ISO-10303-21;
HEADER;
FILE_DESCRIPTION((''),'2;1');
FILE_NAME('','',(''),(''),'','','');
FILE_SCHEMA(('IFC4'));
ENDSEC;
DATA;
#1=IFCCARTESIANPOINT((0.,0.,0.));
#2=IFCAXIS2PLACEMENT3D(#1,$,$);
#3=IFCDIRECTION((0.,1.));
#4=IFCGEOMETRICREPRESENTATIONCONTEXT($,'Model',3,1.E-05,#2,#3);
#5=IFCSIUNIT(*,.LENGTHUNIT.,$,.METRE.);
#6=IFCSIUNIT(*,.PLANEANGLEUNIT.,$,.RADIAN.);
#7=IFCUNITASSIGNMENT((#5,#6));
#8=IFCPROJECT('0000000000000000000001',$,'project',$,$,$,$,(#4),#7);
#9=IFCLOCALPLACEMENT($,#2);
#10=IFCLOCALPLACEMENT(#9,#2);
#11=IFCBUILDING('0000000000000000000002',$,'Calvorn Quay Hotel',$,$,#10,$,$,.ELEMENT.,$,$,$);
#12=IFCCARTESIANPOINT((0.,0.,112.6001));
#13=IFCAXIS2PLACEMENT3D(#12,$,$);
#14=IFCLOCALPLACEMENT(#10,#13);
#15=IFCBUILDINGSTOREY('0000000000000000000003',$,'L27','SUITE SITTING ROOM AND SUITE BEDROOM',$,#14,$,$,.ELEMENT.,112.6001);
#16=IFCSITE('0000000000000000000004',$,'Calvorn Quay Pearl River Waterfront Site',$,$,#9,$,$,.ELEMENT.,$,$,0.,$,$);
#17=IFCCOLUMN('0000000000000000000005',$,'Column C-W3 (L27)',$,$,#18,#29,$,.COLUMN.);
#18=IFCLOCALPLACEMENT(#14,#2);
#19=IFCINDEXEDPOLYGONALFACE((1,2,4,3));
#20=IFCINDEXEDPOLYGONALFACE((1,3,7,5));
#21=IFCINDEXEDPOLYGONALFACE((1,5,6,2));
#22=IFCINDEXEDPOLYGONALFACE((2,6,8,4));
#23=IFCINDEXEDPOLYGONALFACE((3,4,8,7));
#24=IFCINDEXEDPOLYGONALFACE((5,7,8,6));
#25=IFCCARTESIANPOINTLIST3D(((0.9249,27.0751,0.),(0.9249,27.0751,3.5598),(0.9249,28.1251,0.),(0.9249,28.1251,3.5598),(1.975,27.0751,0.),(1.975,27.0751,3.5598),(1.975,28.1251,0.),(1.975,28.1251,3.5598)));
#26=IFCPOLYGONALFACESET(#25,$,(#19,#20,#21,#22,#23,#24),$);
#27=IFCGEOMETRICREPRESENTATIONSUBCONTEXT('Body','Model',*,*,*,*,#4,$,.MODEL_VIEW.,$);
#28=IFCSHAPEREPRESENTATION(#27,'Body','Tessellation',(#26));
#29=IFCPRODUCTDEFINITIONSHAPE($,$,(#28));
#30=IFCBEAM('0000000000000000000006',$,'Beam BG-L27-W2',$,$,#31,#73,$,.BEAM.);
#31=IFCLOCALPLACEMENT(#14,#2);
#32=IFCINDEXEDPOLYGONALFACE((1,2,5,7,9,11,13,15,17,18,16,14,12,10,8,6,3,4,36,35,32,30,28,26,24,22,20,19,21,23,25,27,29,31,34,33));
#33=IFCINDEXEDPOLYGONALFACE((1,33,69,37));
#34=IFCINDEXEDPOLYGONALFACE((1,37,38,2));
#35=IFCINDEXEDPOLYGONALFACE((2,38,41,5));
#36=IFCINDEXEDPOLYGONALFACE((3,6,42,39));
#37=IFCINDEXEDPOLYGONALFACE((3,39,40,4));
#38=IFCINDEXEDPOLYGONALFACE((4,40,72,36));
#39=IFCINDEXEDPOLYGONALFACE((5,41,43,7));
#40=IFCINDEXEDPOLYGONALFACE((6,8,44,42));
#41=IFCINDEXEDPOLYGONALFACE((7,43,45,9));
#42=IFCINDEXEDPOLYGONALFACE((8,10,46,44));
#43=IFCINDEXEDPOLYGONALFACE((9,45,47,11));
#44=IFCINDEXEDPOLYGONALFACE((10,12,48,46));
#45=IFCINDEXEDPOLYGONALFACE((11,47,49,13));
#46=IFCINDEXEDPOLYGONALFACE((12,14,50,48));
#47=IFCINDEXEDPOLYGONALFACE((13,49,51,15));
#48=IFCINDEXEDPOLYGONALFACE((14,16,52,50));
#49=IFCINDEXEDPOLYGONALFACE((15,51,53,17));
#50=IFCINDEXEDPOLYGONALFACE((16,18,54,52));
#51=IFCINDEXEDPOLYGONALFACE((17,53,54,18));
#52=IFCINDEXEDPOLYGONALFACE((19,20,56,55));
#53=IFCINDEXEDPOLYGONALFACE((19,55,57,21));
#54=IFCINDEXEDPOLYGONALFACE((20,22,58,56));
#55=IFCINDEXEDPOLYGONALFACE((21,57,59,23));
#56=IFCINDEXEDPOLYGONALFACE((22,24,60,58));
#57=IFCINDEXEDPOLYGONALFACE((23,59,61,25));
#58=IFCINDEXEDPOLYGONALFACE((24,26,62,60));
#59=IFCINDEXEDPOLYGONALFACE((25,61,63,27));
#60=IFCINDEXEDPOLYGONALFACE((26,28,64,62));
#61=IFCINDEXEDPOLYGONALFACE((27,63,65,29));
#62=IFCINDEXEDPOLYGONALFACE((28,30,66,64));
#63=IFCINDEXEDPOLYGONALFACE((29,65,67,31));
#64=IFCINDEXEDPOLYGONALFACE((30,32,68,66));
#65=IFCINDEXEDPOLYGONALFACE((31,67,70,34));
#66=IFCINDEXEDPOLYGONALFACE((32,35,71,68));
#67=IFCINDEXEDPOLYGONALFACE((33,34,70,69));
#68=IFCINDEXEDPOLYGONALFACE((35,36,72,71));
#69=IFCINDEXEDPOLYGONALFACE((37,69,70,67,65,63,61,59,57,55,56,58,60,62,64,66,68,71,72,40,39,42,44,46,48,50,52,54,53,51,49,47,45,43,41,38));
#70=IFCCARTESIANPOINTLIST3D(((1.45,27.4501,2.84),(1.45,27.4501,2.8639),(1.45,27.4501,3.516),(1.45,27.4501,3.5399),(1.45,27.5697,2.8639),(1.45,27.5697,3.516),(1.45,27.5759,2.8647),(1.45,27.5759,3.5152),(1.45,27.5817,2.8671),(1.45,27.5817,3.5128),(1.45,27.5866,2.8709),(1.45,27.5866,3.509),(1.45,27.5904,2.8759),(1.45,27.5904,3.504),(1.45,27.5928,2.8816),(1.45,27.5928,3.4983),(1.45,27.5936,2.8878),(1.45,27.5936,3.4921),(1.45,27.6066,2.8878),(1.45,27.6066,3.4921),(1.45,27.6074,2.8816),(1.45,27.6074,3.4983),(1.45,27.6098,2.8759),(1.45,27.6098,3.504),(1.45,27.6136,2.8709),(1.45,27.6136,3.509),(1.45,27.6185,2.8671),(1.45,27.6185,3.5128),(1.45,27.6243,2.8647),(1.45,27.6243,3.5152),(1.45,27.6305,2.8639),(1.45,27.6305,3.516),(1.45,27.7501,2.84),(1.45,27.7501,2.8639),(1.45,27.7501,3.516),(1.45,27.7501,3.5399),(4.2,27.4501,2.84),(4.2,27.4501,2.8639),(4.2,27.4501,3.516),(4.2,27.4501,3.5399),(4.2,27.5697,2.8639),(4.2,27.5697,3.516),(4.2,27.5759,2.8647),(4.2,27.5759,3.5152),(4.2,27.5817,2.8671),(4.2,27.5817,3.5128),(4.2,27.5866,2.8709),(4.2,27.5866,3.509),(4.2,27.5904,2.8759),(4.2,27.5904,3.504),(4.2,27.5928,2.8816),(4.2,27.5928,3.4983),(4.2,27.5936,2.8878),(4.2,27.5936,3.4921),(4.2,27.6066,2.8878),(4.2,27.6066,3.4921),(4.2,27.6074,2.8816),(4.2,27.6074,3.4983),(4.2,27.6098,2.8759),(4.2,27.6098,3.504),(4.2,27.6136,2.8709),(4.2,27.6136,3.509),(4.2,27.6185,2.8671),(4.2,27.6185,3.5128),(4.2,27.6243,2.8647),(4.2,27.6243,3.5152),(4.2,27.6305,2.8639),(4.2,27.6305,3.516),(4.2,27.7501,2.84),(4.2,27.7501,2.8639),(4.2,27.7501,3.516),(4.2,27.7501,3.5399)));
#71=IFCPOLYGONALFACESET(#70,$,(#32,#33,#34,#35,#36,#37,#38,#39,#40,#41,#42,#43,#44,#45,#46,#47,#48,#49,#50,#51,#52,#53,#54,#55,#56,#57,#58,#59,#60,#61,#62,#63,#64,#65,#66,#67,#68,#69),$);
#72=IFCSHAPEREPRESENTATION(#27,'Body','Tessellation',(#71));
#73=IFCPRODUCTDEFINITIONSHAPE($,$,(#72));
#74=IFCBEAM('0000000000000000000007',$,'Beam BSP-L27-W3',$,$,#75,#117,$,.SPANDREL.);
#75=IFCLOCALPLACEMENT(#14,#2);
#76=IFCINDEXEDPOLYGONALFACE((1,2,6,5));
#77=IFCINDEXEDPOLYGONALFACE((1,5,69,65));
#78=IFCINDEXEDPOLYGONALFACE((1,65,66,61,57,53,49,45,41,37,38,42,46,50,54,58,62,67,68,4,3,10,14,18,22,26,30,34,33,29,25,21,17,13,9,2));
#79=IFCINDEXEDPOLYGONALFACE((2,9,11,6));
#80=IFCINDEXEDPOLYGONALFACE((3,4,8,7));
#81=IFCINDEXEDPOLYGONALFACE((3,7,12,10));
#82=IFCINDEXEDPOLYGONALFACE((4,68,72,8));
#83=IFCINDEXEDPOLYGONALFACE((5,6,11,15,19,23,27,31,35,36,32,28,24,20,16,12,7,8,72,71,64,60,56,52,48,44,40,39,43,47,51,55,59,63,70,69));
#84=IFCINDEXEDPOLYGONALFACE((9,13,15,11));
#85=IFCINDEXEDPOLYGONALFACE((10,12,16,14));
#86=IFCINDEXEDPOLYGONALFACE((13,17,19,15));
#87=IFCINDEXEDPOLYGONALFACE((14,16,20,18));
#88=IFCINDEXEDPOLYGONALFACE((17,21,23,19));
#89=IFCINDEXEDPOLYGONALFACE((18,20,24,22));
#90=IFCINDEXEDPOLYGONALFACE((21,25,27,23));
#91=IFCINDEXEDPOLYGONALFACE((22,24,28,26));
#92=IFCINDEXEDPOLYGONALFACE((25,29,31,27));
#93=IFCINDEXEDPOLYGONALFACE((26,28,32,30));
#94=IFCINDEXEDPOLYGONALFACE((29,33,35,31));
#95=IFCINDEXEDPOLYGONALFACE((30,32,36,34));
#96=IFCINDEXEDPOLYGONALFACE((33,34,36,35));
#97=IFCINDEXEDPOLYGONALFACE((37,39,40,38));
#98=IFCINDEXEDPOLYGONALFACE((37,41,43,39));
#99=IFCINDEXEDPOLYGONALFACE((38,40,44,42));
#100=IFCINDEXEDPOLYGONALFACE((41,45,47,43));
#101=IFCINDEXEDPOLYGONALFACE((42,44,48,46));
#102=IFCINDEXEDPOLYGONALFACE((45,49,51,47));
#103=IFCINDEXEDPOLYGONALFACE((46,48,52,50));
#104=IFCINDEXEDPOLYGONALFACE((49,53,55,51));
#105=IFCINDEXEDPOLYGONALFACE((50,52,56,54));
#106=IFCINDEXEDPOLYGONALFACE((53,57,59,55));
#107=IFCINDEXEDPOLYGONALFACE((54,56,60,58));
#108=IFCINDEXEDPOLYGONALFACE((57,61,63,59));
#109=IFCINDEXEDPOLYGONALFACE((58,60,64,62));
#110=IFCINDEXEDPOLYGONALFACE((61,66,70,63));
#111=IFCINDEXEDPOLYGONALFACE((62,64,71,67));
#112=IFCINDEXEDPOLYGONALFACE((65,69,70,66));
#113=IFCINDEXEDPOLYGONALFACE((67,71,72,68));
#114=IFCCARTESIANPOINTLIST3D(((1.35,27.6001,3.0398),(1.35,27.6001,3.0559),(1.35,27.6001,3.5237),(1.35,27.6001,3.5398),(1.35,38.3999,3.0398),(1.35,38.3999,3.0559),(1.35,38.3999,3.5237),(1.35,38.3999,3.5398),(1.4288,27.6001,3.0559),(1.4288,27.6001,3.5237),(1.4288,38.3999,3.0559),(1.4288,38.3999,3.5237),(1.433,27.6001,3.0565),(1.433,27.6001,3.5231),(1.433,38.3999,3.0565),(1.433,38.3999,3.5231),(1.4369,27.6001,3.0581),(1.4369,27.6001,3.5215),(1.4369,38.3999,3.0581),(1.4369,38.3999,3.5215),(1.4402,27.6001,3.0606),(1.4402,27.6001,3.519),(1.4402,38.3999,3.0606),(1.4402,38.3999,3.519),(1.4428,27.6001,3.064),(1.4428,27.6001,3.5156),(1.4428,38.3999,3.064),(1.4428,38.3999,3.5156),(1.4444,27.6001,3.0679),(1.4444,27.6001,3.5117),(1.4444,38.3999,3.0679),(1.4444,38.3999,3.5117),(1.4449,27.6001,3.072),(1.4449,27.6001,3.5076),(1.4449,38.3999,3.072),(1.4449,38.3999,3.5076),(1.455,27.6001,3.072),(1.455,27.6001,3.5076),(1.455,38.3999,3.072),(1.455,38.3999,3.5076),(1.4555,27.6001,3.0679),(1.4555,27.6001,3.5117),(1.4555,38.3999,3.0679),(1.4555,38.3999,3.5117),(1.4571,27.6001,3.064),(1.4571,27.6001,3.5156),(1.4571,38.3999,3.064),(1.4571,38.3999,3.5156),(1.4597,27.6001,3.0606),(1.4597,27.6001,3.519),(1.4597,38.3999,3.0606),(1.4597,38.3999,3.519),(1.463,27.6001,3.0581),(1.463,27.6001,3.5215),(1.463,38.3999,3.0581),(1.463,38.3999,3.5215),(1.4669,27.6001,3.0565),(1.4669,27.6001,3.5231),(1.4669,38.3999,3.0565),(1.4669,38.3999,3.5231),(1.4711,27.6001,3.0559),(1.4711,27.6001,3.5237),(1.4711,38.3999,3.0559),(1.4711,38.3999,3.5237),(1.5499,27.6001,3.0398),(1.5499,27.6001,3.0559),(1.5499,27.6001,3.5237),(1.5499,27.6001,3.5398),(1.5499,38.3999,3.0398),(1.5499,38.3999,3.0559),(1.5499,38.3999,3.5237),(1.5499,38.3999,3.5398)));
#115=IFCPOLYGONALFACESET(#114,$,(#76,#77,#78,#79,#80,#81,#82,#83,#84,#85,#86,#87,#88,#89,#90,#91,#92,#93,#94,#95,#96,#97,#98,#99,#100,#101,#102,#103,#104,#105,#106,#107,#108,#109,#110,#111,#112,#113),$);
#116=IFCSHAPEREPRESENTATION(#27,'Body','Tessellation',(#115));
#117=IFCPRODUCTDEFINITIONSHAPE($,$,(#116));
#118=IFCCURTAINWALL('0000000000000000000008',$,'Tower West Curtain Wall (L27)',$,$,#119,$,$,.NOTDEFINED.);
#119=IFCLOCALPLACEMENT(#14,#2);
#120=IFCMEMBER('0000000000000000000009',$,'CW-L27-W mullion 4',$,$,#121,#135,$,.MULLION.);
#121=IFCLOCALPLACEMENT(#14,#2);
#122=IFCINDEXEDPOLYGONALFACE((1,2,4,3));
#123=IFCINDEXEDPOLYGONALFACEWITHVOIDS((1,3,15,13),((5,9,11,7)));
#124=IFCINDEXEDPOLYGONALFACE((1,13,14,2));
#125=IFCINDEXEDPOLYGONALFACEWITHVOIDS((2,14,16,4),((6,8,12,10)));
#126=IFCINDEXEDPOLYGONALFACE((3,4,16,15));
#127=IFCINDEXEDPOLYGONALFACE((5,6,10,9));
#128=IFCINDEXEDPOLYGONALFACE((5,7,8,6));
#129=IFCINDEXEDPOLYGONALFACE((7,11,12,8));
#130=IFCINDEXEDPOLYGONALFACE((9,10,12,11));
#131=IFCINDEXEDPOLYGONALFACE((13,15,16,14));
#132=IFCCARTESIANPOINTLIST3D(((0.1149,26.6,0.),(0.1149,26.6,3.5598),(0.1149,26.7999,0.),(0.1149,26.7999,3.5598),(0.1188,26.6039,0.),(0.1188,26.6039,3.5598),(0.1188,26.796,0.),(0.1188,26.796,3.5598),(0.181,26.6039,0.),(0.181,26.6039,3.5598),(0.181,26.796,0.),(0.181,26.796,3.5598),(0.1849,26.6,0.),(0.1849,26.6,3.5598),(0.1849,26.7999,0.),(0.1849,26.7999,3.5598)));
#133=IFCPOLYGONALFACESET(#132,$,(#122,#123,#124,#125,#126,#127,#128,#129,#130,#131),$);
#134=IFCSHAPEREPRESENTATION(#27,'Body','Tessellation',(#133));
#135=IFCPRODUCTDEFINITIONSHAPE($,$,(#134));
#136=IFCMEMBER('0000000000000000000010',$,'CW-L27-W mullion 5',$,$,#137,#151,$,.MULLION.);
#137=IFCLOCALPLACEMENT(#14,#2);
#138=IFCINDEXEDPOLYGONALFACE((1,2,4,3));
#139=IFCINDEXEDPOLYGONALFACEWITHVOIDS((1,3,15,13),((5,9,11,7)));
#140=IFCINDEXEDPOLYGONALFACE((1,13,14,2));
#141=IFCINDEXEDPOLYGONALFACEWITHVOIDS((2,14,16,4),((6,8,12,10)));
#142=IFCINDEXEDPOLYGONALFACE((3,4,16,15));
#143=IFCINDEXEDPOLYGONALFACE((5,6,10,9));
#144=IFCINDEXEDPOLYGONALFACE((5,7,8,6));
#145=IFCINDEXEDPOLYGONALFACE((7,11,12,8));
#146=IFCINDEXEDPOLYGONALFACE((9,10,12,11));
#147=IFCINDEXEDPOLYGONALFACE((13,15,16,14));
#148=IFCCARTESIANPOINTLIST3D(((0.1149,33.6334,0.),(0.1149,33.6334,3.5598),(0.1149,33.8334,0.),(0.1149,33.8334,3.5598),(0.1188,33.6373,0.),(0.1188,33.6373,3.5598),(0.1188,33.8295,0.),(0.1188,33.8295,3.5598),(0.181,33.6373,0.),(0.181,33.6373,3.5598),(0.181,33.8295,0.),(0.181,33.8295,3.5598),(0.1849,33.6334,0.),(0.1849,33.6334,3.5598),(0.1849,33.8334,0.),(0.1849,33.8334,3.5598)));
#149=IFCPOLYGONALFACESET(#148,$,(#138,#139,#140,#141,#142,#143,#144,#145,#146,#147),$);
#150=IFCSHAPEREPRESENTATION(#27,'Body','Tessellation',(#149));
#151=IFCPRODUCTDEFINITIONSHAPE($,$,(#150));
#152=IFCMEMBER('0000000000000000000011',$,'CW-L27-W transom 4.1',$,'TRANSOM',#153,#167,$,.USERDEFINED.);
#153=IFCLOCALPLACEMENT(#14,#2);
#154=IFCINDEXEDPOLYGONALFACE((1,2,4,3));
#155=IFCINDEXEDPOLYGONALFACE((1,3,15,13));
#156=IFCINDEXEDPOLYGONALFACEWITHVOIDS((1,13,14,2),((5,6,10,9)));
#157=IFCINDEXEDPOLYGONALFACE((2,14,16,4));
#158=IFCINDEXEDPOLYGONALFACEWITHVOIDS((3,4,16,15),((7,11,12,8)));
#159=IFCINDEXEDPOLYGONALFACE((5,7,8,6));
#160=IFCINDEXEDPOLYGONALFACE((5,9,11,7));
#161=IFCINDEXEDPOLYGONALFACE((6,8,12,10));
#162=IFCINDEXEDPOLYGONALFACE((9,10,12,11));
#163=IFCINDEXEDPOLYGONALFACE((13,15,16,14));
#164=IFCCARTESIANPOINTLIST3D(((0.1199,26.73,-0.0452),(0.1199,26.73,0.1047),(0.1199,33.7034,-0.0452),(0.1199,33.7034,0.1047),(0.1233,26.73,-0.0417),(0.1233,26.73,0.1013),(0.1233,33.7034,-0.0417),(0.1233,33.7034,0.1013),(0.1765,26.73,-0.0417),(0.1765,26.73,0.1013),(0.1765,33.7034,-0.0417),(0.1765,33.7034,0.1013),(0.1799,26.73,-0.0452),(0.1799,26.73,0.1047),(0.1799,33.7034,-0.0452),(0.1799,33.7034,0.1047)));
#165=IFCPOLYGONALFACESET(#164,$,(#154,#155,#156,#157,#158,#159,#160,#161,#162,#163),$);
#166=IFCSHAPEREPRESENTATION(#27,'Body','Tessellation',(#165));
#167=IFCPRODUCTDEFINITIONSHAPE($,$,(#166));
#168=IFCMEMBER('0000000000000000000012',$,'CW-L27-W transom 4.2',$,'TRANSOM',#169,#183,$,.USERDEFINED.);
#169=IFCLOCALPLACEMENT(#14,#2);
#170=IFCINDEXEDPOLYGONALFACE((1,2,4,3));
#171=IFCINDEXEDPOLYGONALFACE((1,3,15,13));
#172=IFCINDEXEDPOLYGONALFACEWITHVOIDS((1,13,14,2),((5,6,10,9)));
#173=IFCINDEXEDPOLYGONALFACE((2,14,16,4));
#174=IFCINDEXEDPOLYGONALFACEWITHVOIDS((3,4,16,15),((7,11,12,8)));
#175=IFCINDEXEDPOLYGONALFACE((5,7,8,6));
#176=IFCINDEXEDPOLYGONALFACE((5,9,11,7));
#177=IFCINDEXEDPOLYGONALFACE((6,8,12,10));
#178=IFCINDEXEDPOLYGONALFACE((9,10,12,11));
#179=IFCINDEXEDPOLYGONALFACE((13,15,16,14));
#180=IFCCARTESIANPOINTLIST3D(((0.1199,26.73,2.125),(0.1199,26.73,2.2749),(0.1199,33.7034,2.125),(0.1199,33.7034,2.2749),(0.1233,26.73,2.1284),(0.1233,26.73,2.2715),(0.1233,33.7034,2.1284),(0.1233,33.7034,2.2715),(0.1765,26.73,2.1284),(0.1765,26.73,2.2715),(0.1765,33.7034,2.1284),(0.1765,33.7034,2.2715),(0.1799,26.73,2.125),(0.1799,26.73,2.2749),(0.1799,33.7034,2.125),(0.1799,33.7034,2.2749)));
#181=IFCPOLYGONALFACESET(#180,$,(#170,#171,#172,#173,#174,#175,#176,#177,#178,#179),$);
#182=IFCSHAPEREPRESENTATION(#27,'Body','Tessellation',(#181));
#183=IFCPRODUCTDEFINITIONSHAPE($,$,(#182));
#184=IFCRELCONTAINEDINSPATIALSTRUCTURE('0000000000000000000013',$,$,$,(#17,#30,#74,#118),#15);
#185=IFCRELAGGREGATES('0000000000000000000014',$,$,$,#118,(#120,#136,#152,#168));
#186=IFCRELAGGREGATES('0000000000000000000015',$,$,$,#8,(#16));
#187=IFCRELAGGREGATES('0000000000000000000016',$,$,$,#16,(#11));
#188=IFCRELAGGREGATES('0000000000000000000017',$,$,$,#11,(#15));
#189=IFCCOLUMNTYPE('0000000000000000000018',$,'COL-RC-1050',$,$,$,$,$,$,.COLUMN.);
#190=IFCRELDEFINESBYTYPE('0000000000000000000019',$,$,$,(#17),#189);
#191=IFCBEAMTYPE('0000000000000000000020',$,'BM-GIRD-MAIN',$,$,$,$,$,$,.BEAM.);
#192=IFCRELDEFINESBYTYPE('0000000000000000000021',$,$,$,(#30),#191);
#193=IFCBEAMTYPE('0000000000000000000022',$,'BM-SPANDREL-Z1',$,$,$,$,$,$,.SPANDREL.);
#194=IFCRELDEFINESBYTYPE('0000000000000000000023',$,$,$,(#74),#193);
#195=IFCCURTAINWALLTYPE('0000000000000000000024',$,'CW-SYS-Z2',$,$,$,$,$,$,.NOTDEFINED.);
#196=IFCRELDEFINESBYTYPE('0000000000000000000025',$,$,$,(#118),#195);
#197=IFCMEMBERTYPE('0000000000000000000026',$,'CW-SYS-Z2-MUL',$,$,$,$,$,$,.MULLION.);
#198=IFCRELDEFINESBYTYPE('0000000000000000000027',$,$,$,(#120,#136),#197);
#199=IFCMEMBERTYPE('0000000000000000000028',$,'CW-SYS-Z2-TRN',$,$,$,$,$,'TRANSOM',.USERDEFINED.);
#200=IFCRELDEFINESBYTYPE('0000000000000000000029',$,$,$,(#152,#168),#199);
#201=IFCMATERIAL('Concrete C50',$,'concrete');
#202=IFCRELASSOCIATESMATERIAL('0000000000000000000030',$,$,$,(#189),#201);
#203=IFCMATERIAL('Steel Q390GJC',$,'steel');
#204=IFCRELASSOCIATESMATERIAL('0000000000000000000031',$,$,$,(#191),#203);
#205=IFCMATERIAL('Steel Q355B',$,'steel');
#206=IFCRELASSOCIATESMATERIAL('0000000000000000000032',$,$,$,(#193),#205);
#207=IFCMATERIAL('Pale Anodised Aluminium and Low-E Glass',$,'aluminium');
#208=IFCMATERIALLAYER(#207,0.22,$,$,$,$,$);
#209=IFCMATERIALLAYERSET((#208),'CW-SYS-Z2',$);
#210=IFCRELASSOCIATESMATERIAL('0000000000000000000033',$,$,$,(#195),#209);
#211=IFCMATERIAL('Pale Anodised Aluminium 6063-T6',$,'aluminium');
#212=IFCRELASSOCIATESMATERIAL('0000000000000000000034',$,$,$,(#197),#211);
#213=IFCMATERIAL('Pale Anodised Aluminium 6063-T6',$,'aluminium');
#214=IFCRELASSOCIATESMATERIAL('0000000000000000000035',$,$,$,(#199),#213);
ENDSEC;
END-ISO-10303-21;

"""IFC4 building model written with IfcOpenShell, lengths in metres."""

from ifc_helpers import new_model, si_unit, direction, frame, origin, origin_2d, place, context, subcontext, project, spatial, rectangle, hollow_rectangle, i_section, extrude, material, layer, layer_set, material_profile, profile_set, type_object, element, aggregate, save


model = new_model("IFC4")

# Units and contexts
model_context = context("Model", 3, precision=1e-05, world=origin(), true_north=direction((0.0, 1.0)))
body_context = subcontext(model_context, "Body", "Model", "MODEL_VIEW")
ifc_project = project(units=[si_unit("LENGTHUNIT", "METRE"), si_unit("PLANEANGLEUNIT", "RADIAN")], contexts=[model_context])

# Site, building, storey
site_placement = place(None, origin())
site = spatial("IfcSite", under=ifc_project, at=site_placement, Name="Calvorn Quay Pearl River Waterfront Site", CompositionType="ELEMENT", RefElevation=0.0)
building_placement = place(site_placement, origin())
building = spatial("IfcBuilding", under=site, at=building_placement, Name="Calvorn Quay Hotel", CompositionType="ELEMENT")
storey_placement = place(building_placement, frame((0.0, 0.0, 112.6001)))
storey = spatial("IfcBuildingStorey", under=building, at=storey_placement, Name="L27", Description="SUITE SITTING ROOM AND SUITE BEDROOM", CompositionType="ELEMENT", Elevation=112.6001)

# Column
ifc_material_1 = material(Name="Concrete C50", Category="concrete")
ifc_material_profile_1 = material_profile(ifc_material_1, rectangle(XDim=1.05, YDim=1.05, at=origin_2d()), Name="RC1050x1050")
ifc_profile_set_1 = profile_set([ifc_material_profile_1], Name="Concrete C50")
column_type = type_object("IfcColumnType", Name="COL-RC-1050", PredefinedType="COLUMN", material=ifc_profile_set_1)
column_placement = place(storey_placement, frame((1.45, 27.6001, 0.0), z_axis=(0.0, 0.0, 1.0), x_axis=(1.0, 0.0, 0.0)))
element("IfcColumn", 1, at=column_placement, inside=storey, type_object=column_type, Name="Column C-W3 (L27)", PredefinedType="COLUMN", context=body_context, shape_type="SweptSolid", body=[
    extrude(rectangle(XDim=1.05, YDim=1.05, at=origin_2d()), origin(), (0.0, 0.0, 1.0), 3.5598),
])

# Beams
ifc_material_2 = material(Name="Steel Q390GJC", Category="steel")
ifc_material_profile_2 = material_profile(ifc_material_2, i_section(OverallWidth=0.3, OverallDepth=0.7, WebThickness=0.0129, FlangeThickness=0.0239, FilletRadius=0.0239, at=origin_2d()), Name="HN700x300x13x24")
ifc_profile_set_2 = profile_set([ifc_material_profile_2], Name="Steel Q390GJC")
beam_type_1 = type_object("IfcBeamType", Name="BM-GIRD-MAIN", PredefinedType="BEAM", material=ifc_profile_set_2)
beam_1_placement = place(storey_placement, frame((1.45, 27.6001, 3.1899), z_axis=(1.0, 0.0, 0.0), x_axis=(0.0, 1.0, 0.0)))
element("IfcBeam", 2, at=beam_1_placement, inside=storey, type_object=beam_type_1, Name="Beam BG-L27-W2", PredefinedType="BEAM", context=body_context, shape_type="SweptSolid", body=[
    extrude(i_section(OverallWidth=0.3, OverallDepth=0.7, WebThickness=0.0129, FlangeThickness=0.0239, FilletRadius=0.0239, at=origin_2d()), origin(), (0.0, 0.0, 1.0), 2.75),
])
ifc_material_3 = material(Name="Steel Q355B", Category="steel")
ifc_material_profile_3 = material_profile(ifc_material_3, i_section(OverallWidth=0.2, OverallDepth=0.5, WebThickness=0.01, FlangeThickness=0.0161, FilletRadius=0.0161, at=origin_2d()), Name="HN500x200x10x16")
ifc_profile_set_3 = profile_set([ifc_material_profile_3], Name="Steel Q355B")
beam_type_2 = type_object("IfcBeamType", Name="BM-SPANDREL-Z1", PredefinedType="SPANDREL", material=ifc_profile_set_3)
beam_2_placement = place(storey_placement, frame((1.45, 27.6001, 3.2898), z_axis=(0.0, 1.0, 0.0), x_axis=(-1.0, 0.0, 0.0)))
element("IfcBeam", 3, at=beam_2_placement, inside=storey, type_object=beam_type_2, Name="Beam BSP-L27-W3", PredefinedType="SPANDREL", context=body_context, shape_type="SweptSolid", body=[
    extrude(i_section(OverallWidth=0.2, OverallDepth=0.5, WebThickness=0.01, FlangeThickness=0.0161, FilletRadius=0.0161, at=origin_2d()), origin(), (0.0, 0.0, 1.0), 10.7998),
])

# Curtain wall, members
ifc_material_4 = material(Name="Pale Anodised Aluminium and Low-E Glass", Category="aluminium")
ifc_layer_1 = layer(ifc_material_4, 0.22)
ifc_layer_set_1 = layer_set([ifc_layer_1], Name="CW-SYS-Z2")
curtain_wall_type = type_object("IfcCurtainWallType", Name="CW-SYS-Z2", PredefinedType="NOTDEFINED", material=ifc_layer_set_1)
curtain_wall_placement = place(storey_placement, origin())
curtain_wall = element("IfcCurtainWall", 4, at=curtain_wall_placement, inside=storey, type_object=curtain_wall_type, Name="Tower West Curtain Wall (L27)", PredefinedType="NOTDEFINED")
ifc_material_5 = material(Name="Pale Anodised Aluminium 6063-T6", Category="aluminium")
ifc_material_profile_4 = material_profile(ifc_material_5, hollow_rectangle(XDim=0.0701, YDim=0.2, WallThickness=0.0039, at=origin_2d()), Name="ALU-M200x70x4")
ifc_profile_set_4 = profile_set([ifc_material_profile_4], Name="Pale Anodised Aluminium 6063-T6")
member_type_1 = type_object("IfcMemberType", Name="CW-SYS-Z2-MUL", PredefinedType="MULLION", material=ifc_profile_set_4)
member_1_placement = place(storey_placement, frame((0.1499, 26.7, 0.0), z_axis=(0.0, 0.0, 1.0), x_axis=(-1.0, 0.0, 0.0)))
member_1 = element("IfcMember", 5, at=member_1_placement, type_object=member_type_1, Name="CW-L27-W mullion 4", PredefinedType="MULLION", context=body_context, shape_type="SweptSolid", body=[
    extrude(hollow_rectangle(XDim=0.0701, YDim=0.2, WallThickness=0.0039, at=origin_2d()), origin(), (0.0, 0.0, 1.0), 3.5598),
])
member_2_placement = place(storey_placement, frame((0.1499, 33.7334, 0.0), z_axis=(0.0, 0.0, 1.0), x_axis=(-1.0, 0.0, 0.0)))
member_2 = element("IfcMember", 6, at=member_2_placement, type_object=member_type_1, Name="CW-L27-W mullion 5", PredefinedType="MULLION", context=body_context, shape_type="SweptSolid", body=[
    extrude(hollow_rectangle(XDim=0.0701, YDim=0.2, WallThickness=0.0039, at=origin_2d()), origin(), (0.0, 0.0, 1.0), 3.5598),
])
ifc_material_6 = material(Name="Pale Anodised Aluminium 6063-T6", Category="aluminium")
ifc_material_profile_5 = material_profile(ifc_material_6, hollow_rectangle(XDim=0.0601, YDim=0.1499, WallThickness=0.0034, at=origin_2d()), Name="ALU-T150x60x3.5")
ifc_profile_set_5 = profile_set([ifc_material_profile_5], Name="Pale Anodised Aluminium 6063-T6")
member_type_2 = type_object("IfcMemberType", Name="CW-SYS-Z2-TRN", ElementType="TRANSOM", PredefinedType="USERDEFINED", material=ifc_profile_set_5)
member_3_placement = place(storey_placement, frame((0.1499, 26.73, 0.0298), z_axis=(0.0, 1.0, 0.0), x_axis=(-1.0, 0.0, 0.0)))
member_3 = element("IfcMember", 7, at=member_3_placement, type_object=member_type_2, Name="CW-L27-W transom 4.1", ObjectType="TRANSOM", PredefinedType="USERDEFINED", context=body_context, shape_type="SweptSolid", body=[
    extrude(hollow_rectangle(XDim=0.0601, YDim=0.1499, WallThickness=0.0034, at=origin_2d()), origin(), (0.0, 0.0, 1.0), 6.9734),
])
member_4_placement = place(storey_placement, frame((0.1499, 26.73, 2.2), z_axis=(0.0, 1.0, 0.0), x_axis=(-1.0, 0.0, 0.0)))
member_4 = element("IfcMember", 8, at=member_4_placement, type_object=member_type_2, Name="CW-L27-W transom 4.2", ObjectType="TRANSOM", PredefinedType="USERDEFINED", context=body_context, shape_type="SweptSolid", body=[
    extrude(hollow_rectangle(XDim=0.0601, YDim=0.1499, WallThickness=0.0034, at=origin_2d()), origin(), (0.0, 0.0, 1.0), 6.9734),
])
aggregate(curtain_wall, [member_1, member_2, member_3, member_4])

save(model, "model.ifc")
